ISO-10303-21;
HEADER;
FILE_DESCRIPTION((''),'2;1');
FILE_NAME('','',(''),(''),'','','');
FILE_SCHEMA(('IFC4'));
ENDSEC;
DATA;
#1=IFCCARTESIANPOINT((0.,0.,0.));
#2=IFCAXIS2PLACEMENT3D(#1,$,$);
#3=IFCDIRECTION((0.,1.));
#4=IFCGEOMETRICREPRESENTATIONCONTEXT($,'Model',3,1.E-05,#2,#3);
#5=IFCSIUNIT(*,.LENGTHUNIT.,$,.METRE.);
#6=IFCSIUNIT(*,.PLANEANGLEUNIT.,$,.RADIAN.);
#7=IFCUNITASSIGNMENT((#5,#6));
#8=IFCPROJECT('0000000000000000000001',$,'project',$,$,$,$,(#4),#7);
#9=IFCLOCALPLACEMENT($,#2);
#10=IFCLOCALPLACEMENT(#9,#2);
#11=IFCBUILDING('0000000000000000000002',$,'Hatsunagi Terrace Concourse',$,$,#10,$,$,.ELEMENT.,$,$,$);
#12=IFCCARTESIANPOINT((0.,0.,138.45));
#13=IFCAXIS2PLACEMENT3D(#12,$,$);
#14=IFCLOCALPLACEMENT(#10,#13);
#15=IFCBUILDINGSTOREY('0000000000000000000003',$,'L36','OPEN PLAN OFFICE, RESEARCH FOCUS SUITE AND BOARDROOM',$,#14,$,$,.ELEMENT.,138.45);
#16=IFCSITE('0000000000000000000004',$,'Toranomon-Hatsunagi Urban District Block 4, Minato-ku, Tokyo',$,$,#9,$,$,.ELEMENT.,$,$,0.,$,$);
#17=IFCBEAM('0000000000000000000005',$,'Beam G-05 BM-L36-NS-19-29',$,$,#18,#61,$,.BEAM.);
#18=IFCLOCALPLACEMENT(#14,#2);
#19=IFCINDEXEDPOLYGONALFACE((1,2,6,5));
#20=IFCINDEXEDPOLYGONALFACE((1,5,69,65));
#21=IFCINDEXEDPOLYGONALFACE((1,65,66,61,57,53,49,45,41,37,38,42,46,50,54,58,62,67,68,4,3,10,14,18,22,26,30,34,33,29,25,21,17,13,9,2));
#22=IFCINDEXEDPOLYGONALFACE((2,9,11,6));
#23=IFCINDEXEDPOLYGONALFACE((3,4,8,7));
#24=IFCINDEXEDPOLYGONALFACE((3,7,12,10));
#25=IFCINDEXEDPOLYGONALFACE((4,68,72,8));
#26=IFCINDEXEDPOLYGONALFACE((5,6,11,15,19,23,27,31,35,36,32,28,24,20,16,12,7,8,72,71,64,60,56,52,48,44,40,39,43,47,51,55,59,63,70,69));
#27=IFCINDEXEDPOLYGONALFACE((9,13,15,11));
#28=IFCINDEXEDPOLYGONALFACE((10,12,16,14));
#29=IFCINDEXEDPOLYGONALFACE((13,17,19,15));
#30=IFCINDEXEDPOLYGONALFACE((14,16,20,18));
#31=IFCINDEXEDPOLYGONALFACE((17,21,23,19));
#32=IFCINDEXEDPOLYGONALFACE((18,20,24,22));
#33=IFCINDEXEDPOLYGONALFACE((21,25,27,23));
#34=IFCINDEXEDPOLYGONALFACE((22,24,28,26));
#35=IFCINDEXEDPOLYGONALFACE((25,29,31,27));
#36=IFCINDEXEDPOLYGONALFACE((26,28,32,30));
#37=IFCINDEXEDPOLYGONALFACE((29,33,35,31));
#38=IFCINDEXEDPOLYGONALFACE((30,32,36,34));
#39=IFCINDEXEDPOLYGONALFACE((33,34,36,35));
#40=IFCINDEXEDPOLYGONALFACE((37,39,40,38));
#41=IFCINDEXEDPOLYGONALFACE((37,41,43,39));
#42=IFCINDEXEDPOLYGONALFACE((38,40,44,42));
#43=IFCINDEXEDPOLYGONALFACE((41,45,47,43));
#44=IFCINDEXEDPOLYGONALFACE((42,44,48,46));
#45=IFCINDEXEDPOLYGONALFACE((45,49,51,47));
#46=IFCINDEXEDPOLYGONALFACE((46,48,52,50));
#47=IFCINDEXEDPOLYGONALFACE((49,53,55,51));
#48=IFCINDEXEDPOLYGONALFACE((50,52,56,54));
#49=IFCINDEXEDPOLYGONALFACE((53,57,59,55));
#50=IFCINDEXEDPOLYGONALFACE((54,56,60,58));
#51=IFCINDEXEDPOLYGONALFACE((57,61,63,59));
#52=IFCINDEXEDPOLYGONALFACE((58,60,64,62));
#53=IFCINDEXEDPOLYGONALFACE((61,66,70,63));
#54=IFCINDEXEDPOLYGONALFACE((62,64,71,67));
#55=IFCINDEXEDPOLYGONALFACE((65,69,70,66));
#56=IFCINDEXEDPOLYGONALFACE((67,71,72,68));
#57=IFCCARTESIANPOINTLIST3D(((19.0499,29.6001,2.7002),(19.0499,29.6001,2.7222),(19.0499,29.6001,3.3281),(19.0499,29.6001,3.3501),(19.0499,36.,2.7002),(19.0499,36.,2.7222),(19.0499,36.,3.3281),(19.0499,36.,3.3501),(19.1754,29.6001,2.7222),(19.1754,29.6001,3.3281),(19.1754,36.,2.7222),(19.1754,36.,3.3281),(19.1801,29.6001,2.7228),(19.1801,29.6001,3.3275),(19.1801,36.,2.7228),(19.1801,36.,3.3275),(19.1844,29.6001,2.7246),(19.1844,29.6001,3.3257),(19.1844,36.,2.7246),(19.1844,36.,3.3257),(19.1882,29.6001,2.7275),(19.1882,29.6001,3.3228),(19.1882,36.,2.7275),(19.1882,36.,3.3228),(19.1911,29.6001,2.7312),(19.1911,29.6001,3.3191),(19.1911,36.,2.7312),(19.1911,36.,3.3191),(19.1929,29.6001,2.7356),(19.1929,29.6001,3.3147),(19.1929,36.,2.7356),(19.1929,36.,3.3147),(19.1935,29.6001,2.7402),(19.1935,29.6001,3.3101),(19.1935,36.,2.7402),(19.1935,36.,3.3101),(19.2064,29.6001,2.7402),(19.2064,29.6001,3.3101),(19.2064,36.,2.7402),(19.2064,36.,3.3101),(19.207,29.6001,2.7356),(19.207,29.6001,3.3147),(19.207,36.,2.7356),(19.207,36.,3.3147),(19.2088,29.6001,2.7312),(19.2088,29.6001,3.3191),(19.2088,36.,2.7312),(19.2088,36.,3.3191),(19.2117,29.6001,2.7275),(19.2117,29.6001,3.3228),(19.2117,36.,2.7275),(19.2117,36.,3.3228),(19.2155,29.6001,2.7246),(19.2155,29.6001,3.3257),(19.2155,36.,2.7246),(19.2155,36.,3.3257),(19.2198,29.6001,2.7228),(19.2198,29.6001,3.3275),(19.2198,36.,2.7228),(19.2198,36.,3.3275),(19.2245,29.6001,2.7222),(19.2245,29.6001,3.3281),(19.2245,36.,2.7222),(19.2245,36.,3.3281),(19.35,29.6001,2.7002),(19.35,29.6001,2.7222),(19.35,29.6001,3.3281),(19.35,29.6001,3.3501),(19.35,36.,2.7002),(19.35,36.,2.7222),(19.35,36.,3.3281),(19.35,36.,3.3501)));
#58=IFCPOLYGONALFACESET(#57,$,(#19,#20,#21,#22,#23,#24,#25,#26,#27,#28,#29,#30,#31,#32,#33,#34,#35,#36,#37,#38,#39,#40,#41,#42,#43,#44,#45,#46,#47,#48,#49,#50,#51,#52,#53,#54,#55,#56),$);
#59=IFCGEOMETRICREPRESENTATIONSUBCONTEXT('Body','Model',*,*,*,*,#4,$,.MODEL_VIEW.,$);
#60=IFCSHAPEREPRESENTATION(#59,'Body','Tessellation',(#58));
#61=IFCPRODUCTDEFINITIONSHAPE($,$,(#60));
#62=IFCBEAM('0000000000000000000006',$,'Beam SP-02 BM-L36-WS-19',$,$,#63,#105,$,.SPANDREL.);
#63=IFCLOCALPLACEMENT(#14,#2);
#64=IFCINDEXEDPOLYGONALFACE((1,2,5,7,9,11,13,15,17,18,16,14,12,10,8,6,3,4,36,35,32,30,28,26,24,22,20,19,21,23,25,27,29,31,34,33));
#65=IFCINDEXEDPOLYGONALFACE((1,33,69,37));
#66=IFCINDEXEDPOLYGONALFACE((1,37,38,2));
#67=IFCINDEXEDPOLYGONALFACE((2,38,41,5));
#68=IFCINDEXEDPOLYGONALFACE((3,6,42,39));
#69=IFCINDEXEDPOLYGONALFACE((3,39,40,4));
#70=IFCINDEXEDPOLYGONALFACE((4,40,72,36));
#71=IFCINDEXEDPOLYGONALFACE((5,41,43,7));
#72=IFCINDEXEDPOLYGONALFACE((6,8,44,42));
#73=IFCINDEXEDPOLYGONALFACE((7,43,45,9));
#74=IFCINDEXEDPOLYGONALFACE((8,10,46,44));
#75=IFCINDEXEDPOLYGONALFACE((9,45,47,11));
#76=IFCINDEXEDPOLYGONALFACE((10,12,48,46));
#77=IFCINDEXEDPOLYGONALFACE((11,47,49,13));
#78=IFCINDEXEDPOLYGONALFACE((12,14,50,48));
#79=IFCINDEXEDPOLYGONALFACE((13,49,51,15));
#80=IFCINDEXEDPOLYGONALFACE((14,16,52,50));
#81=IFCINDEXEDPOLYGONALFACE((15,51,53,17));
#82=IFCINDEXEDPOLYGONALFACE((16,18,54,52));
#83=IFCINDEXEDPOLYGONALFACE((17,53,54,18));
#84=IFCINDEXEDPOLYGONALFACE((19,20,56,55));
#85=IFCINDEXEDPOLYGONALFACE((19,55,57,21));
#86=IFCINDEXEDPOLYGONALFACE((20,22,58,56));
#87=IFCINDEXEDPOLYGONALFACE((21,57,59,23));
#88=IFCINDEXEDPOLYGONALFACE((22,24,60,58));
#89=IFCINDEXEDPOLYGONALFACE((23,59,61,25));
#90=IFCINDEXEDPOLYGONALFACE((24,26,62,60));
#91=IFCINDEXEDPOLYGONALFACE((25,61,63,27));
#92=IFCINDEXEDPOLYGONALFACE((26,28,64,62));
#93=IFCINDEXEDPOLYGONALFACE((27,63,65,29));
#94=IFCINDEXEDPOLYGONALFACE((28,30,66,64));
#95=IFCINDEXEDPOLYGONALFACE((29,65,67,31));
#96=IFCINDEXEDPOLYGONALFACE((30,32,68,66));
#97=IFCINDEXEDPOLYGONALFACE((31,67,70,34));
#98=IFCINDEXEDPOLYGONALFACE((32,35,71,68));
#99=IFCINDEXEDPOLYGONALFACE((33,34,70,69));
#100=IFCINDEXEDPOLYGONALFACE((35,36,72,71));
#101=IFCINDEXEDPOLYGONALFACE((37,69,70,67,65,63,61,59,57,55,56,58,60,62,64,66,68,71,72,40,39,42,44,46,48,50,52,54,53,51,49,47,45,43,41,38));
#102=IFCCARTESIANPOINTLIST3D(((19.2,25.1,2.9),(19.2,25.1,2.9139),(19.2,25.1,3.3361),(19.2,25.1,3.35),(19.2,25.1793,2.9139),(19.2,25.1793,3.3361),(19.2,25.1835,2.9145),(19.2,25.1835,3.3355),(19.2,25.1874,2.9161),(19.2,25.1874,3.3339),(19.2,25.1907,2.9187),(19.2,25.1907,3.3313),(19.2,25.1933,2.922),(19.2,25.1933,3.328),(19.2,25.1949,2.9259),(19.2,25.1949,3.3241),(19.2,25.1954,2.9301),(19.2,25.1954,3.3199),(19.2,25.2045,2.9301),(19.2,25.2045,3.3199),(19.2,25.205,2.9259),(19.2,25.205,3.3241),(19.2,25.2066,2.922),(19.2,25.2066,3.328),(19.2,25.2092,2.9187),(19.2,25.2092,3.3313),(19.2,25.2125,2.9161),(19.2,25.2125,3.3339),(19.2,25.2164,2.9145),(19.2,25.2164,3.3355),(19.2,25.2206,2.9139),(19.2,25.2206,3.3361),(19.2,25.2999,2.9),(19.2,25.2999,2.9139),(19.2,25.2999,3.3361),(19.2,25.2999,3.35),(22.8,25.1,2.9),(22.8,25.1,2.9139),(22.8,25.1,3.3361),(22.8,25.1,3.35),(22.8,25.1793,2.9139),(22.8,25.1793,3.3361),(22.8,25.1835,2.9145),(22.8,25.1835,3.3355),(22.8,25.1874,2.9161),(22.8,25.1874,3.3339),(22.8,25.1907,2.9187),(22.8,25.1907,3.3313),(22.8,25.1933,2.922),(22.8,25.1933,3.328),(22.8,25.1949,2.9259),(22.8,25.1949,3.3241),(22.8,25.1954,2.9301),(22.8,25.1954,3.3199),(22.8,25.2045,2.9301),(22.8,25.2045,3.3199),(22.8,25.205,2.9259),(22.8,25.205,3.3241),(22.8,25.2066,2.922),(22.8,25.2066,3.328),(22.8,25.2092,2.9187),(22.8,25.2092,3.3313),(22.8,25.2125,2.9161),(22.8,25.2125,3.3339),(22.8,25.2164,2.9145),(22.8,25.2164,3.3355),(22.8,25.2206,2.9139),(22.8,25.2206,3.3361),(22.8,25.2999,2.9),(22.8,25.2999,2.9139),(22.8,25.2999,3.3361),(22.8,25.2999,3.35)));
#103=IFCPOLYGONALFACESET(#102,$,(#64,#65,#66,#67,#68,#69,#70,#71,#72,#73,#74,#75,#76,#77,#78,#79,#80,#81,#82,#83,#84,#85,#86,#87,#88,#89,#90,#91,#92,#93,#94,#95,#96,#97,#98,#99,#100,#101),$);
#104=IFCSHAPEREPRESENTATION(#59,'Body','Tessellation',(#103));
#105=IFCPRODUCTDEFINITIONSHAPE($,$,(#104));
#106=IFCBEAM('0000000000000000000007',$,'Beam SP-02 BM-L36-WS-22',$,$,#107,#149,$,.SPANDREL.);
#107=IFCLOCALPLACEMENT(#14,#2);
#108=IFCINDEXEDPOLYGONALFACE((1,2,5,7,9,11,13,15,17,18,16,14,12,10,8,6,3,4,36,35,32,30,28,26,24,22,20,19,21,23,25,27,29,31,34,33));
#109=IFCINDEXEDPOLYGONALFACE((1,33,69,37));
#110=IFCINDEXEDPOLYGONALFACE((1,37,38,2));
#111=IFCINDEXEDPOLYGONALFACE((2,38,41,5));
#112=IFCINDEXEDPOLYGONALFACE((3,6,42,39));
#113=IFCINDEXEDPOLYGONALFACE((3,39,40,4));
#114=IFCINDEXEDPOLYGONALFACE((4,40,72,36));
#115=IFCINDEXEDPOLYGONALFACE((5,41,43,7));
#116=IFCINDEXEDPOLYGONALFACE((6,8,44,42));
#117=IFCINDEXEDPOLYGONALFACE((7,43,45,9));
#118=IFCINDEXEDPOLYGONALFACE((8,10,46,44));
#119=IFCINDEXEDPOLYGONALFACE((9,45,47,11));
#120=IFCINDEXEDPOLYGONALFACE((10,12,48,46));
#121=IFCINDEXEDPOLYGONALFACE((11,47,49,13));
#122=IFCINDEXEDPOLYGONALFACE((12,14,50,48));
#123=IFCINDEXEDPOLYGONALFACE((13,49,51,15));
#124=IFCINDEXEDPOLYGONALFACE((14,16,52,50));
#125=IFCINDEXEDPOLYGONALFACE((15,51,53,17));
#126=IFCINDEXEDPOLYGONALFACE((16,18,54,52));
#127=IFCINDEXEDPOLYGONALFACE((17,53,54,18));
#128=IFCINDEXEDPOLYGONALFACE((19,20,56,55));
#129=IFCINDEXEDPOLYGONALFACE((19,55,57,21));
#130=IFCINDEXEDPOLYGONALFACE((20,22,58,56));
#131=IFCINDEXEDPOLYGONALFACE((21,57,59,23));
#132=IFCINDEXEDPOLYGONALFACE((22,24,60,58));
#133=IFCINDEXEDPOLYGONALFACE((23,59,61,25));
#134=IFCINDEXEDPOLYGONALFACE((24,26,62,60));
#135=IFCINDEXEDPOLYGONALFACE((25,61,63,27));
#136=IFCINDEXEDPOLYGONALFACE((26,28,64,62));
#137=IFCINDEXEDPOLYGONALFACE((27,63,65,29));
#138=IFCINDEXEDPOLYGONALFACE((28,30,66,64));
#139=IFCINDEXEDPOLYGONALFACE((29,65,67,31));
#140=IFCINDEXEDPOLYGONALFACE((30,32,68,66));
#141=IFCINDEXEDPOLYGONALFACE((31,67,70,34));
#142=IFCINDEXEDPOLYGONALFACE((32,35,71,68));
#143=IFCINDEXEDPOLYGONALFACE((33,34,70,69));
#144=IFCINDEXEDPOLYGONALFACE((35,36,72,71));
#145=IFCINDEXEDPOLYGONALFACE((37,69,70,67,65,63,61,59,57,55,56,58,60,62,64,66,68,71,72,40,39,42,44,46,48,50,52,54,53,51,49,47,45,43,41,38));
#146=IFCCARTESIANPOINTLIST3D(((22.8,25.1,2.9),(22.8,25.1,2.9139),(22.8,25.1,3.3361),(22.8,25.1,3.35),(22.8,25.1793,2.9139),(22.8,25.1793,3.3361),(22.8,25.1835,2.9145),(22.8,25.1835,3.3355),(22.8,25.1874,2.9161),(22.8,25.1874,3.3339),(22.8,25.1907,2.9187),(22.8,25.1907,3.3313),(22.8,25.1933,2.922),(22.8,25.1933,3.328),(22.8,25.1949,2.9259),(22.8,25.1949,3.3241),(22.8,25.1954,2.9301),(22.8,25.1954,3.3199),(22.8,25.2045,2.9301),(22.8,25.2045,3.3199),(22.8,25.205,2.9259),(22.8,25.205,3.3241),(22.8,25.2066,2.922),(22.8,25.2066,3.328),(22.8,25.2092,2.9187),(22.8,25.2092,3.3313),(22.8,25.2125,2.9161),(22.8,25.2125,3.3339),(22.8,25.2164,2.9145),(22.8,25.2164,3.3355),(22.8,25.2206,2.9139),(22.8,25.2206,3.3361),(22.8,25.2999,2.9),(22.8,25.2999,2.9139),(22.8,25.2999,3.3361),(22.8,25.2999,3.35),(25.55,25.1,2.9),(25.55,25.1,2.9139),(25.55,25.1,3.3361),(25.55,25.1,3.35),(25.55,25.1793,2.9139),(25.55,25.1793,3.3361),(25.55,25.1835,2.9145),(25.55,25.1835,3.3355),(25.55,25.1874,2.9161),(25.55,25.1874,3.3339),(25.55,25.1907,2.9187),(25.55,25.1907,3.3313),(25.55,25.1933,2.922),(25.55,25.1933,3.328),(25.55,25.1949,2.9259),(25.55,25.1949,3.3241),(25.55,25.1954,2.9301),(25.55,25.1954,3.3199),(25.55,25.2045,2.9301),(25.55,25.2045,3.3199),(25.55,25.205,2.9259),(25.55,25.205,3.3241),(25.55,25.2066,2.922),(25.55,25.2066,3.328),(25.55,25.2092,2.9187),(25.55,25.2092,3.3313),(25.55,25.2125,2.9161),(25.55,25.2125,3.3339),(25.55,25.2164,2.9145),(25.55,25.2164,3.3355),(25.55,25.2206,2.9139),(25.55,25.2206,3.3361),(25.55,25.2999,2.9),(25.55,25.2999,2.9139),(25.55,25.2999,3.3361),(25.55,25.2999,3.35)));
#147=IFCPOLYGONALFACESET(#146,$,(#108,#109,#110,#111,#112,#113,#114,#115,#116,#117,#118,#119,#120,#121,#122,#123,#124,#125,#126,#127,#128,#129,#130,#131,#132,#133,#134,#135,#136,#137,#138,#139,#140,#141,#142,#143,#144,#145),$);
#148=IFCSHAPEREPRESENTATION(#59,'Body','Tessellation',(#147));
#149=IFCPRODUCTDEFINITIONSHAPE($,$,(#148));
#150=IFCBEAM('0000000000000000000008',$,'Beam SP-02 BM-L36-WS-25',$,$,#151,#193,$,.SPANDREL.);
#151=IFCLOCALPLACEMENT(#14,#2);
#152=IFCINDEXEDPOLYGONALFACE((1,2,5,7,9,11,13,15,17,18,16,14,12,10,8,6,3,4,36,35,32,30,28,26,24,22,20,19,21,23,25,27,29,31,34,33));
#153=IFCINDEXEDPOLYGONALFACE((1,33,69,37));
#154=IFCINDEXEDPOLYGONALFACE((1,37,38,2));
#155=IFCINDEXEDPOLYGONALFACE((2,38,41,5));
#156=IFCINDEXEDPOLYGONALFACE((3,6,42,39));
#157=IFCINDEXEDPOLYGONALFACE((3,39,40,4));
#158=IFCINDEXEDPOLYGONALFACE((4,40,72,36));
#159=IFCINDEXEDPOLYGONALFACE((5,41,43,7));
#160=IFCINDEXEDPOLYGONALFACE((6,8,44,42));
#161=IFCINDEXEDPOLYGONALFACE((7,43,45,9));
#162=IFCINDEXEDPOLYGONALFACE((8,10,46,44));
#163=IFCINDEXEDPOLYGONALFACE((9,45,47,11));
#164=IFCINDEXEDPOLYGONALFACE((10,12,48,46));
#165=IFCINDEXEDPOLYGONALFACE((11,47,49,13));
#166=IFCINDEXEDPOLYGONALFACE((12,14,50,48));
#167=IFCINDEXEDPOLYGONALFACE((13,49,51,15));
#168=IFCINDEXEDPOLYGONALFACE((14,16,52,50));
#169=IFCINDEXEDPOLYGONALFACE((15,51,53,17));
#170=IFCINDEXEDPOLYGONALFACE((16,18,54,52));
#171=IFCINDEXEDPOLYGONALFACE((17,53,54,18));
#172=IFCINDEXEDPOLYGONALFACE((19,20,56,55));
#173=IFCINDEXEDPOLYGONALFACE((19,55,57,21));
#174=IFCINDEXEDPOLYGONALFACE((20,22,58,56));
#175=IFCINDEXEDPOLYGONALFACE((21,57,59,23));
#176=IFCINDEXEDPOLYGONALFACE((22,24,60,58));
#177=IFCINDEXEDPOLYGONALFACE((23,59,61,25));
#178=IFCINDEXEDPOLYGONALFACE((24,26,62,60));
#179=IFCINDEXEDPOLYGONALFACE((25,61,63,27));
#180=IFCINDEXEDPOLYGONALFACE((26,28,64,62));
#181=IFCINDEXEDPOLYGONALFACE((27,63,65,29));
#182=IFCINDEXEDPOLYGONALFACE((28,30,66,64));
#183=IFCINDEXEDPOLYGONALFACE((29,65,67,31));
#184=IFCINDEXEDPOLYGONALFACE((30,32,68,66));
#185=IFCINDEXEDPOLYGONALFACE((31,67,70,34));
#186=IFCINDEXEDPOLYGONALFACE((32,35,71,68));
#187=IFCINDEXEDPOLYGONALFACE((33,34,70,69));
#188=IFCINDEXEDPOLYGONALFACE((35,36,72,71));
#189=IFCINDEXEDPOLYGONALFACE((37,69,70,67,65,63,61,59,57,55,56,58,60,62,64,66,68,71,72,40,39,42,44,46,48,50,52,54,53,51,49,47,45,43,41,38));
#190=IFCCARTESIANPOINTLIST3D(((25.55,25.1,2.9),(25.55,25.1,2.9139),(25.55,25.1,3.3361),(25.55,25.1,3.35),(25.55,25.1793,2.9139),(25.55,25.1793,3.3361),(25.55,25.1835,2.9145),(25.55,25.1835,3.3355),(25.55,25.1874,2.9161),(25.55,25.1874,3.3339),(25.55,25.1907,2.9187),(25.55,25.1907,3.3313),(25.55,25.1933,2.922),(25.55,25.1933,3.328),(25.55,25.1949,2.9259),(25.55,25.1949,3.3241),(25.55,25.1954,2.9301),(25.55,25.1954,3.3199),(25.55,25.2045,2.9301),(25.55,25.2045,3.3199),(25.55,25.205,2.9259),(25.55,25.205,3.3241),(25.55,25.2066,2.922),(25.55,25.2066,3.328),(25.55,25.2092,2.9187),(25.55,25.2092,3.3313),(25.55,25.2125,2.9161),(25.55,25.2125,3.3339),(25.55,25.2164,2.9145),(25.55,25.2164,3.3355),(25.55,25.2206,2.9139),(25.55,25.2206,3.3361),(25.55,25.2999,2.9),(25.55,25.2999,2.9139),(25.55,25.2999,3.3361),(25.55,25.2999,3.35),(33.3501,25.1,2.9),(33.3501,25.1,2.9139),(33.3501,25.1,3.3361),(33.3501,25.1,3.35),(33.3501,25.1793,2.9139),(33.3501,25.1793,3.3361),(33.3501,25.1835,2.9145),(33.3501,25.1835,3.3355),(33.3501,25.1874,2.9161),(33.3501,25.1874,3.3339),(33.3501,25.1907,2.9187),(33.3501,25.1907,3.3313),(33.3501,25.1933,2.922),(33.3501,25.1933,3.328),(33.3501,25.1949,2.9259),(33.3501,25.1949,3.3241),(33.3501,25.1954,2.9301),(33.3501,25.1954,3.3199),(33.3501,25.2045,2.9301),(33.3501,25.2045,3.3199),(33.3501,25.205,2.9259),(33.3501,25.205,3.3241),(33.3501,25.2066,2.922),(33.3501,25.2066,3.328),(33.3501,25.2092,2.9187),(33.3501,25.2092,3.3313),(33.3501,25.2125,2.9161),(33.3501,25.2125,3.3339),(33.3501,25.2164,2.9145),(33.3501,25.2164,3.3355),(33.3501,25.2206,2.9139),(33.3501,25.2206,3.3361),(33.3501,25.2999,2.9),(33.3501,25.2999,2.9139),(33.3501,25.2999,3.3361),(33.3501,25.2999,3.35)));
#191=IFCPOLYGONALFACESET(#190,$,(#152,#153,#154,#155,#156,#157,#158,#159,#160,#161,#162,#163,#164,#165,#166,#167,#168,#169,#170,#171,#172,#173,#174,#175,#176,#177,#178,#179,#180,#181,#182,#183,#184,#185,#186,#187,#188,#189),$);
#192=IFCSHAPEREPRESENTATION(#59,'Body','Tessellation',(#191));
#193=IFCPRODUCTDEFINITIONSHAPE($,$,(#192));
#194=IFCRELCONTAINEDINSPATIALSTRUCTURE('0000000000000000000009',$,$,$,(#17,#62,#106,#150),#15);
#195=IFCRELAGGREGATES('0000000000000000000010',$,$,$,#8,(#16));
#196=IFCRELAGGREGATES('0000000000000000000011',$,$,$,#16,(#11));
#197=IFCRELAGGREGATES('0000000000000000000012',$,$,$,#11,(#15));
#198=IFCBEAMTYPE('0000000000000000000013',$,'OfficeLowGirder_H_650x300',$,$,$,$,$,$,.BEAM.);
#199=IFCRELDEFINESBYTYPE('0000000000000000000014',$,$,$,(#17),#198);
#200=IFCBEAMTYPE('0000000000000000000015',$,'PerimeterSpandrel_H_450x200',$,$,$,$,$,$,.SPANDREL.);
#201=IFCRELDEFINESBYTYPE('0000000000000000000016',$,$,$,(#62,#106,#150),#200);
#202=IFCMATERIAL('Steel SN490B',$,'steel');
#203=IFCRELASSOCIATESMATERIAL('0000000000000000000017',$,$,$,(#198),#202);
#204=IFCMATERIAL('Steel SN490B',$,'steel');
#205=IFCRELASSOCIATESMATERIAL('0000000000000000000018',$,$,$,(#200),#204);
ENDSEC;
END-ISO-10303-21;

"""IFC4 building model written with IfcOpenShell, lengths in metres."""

from ifc_helpers import new_model, si_unit, direction, frame, origin, origin_2d, place, context, subcontext, project, spatial, i_section, extrude, material, material_profile, profile_set, type_object, element, save


model = new_model("IFC4")

# Units and contexts
model_context = context("Model", 3, precision=1e-05, world=origin(), true_north=direction((0.0, 1.0)))
body_context = subcontext(model_context, "Body", "Model", "MODEL_VIEW")
ifc_project = project(units=[si_unit("LENGTHUNIT", "METRE"), si_unit("PLANEANGLEUNIT", "RADIAN")], contexts=[model_context])

# Site, building, storey
site_placement = place(None, origin())
site = spatial("IfcSite", under=ifc_project, at=site_placement, Name="Toranomon-Hatsunagi Urban District Block 4, Minato-ku, Tokyo", CompositionType="ELEMENT", RefElevation=0.0)
building_placement = place(site_placement, origin())
building = spatial("IfcBuilding", under=site, at=building_placement, Name="Hatsunagi Terrace Concourse", CompositionType="ELEMENT")
storey_placement = place(building_placement, frame((0.0, 0.0, 138.45)))
storey = spatial("IfcBuildingStorey", under=building, at=storey_placement, Name="L36", Description="OPEN PLAN OFFICE, RESEARCH FOCUS SUITE AND BOARDROOM", CompositionType="ELEMENT", Elevation=138.45)

# Beams
ifc_material_1 = material(Name="Steel SN490B", Category="steel")
ifc_material_profile_1 = material_profile(ifc_material_1, i_section(OverallWidth=0.3, OverallDepth=0.6499, WebThickness=0.0129, FlangeThickness=0.022, FilletRadius=0.0181, at=origin_2d()), Name="H-650x300x13x22")
ifc_profile_set_1 = profile_set([ifc_material_profile_1], Name="Steel SN490B")
beam_type_1 = type_object("IfcBeamType", Name="OfficeLowGirder_H_650x300", PredefinedType="BEAM", material=ifc_profile_set_1)
beam_1_placement = place(storey_placement, frame((19.2, 29.6001, 3.0251), z_axis=(0.0, 1.0, 0.0), x_axis=(-1.0, 0.0, 0.0)))
element("IfcBeam", 1, at=beam_1_placement, inside=storey, type_object=beam_type_1, Name="Beam G-05 BM-L36-NS-19-29", PredefinedType="BEAM", context=body_context, shape_type="SweptSolid", body=[
    extrude(i_section(OverallWidth=0.3, OverallDepth=0.6499, WebThickness=0.0129, FlangeThickness=0.022, FilletRadius=0.0181, at=origin_2d()), origin(), (0.0, 0.0, 1.0), 6.3999),
])
ifc_material_2 = material(Name="Steel SN490B", Category="steel")
ifc_material_profile_2 = material_profile(ifc_material_2, i_section(OverallWidth=0.2, OverallDepth=0.45, WebThickness=0.009, FlangeThickness=0.0139, FilletRadius=0.0161, at=origin_2d()), Name="H-450x200x9x14")
ifc_profile_set_2 = profile_set([ifc_material_profile_2], Name="Steel SN490B")
beam_type_2 = type_object("IfcBeamType", Name="PerimeterSpandrel_H_450x200", PredefinedType="SPANDREL", material=ifc_profile_set_2)
beam_2_placement = place(storey_placement, frame((19.2, 25.2, 3.125), z_axis=(1.0, 0.0, 0.0), x_axis=(0.0, 1.0, 0.0)))
element("IfcBeam", 2, at=beam_2_placement, inside=storey, type_object=beam_type_2, Name="Beam SP-02 BM-L36-WS-19", PredefinedType="SPANDREL", context=body_context, shape_type="SweptSolid", body=[
    extrude(i_section(OverallWidth=0.2, OverallDepth=0.45, WebThickness=0.009, FlangeThickness=0.0139, FilletRadius=0.0161, at=origin_2d()), origin(), (0.0, 0.0, 1.0), 3.6001),
])
beam_3_placement = place(storey_placement, frame((22.8, 25.2, 3.125), z_axis=(1.0, 0.0, 0.0), x_axis=(0.0, 1.0, 0.0)))
element("IfcBeam", 3, at=beam_3_placement, inside=storey, type_object=beam_type_2, Name="Beam SP-02 BM-L36-WS-22", PredefinedType="SPANDREL", context=body_context, shape_type="SweptSolid", body=[
    extrude(i_section(OverallWidth=0.2, OverallDepth=0.45, WebThickness=0.009, FlangeThickness=0.0139, FilletRadius=0.0161, at=origin_2d()), origin(), (0.0, 0.0, 1.0), 2.75),
])
beam_4_placement = place(storey_placement, frame((25.55, 25.2, 3.125), z_axis=(1.0, 0.0, 0.0), x_axis=(0.0, 1.0, 0.0)))
element("IfcBeam", 4, at=beam_4_placement, inside=storey, type_object=beam_type_2, Name="Beam SP-02 BM-L36-WS-25", PredefinedType="SPANDREL", context=body_context, shape_type="SweptSolid", body=[
    extrude(i_section(OverallWidth=0.2, OverallDepth=0.45, WebThickness=0.009, FlangeThickness=0.0139, FilletRadius=0.0161, at=origin_2d()), origin(), (0.0, 0.0, 1.0), 7.8),
])

save(model, "model.ifc")
